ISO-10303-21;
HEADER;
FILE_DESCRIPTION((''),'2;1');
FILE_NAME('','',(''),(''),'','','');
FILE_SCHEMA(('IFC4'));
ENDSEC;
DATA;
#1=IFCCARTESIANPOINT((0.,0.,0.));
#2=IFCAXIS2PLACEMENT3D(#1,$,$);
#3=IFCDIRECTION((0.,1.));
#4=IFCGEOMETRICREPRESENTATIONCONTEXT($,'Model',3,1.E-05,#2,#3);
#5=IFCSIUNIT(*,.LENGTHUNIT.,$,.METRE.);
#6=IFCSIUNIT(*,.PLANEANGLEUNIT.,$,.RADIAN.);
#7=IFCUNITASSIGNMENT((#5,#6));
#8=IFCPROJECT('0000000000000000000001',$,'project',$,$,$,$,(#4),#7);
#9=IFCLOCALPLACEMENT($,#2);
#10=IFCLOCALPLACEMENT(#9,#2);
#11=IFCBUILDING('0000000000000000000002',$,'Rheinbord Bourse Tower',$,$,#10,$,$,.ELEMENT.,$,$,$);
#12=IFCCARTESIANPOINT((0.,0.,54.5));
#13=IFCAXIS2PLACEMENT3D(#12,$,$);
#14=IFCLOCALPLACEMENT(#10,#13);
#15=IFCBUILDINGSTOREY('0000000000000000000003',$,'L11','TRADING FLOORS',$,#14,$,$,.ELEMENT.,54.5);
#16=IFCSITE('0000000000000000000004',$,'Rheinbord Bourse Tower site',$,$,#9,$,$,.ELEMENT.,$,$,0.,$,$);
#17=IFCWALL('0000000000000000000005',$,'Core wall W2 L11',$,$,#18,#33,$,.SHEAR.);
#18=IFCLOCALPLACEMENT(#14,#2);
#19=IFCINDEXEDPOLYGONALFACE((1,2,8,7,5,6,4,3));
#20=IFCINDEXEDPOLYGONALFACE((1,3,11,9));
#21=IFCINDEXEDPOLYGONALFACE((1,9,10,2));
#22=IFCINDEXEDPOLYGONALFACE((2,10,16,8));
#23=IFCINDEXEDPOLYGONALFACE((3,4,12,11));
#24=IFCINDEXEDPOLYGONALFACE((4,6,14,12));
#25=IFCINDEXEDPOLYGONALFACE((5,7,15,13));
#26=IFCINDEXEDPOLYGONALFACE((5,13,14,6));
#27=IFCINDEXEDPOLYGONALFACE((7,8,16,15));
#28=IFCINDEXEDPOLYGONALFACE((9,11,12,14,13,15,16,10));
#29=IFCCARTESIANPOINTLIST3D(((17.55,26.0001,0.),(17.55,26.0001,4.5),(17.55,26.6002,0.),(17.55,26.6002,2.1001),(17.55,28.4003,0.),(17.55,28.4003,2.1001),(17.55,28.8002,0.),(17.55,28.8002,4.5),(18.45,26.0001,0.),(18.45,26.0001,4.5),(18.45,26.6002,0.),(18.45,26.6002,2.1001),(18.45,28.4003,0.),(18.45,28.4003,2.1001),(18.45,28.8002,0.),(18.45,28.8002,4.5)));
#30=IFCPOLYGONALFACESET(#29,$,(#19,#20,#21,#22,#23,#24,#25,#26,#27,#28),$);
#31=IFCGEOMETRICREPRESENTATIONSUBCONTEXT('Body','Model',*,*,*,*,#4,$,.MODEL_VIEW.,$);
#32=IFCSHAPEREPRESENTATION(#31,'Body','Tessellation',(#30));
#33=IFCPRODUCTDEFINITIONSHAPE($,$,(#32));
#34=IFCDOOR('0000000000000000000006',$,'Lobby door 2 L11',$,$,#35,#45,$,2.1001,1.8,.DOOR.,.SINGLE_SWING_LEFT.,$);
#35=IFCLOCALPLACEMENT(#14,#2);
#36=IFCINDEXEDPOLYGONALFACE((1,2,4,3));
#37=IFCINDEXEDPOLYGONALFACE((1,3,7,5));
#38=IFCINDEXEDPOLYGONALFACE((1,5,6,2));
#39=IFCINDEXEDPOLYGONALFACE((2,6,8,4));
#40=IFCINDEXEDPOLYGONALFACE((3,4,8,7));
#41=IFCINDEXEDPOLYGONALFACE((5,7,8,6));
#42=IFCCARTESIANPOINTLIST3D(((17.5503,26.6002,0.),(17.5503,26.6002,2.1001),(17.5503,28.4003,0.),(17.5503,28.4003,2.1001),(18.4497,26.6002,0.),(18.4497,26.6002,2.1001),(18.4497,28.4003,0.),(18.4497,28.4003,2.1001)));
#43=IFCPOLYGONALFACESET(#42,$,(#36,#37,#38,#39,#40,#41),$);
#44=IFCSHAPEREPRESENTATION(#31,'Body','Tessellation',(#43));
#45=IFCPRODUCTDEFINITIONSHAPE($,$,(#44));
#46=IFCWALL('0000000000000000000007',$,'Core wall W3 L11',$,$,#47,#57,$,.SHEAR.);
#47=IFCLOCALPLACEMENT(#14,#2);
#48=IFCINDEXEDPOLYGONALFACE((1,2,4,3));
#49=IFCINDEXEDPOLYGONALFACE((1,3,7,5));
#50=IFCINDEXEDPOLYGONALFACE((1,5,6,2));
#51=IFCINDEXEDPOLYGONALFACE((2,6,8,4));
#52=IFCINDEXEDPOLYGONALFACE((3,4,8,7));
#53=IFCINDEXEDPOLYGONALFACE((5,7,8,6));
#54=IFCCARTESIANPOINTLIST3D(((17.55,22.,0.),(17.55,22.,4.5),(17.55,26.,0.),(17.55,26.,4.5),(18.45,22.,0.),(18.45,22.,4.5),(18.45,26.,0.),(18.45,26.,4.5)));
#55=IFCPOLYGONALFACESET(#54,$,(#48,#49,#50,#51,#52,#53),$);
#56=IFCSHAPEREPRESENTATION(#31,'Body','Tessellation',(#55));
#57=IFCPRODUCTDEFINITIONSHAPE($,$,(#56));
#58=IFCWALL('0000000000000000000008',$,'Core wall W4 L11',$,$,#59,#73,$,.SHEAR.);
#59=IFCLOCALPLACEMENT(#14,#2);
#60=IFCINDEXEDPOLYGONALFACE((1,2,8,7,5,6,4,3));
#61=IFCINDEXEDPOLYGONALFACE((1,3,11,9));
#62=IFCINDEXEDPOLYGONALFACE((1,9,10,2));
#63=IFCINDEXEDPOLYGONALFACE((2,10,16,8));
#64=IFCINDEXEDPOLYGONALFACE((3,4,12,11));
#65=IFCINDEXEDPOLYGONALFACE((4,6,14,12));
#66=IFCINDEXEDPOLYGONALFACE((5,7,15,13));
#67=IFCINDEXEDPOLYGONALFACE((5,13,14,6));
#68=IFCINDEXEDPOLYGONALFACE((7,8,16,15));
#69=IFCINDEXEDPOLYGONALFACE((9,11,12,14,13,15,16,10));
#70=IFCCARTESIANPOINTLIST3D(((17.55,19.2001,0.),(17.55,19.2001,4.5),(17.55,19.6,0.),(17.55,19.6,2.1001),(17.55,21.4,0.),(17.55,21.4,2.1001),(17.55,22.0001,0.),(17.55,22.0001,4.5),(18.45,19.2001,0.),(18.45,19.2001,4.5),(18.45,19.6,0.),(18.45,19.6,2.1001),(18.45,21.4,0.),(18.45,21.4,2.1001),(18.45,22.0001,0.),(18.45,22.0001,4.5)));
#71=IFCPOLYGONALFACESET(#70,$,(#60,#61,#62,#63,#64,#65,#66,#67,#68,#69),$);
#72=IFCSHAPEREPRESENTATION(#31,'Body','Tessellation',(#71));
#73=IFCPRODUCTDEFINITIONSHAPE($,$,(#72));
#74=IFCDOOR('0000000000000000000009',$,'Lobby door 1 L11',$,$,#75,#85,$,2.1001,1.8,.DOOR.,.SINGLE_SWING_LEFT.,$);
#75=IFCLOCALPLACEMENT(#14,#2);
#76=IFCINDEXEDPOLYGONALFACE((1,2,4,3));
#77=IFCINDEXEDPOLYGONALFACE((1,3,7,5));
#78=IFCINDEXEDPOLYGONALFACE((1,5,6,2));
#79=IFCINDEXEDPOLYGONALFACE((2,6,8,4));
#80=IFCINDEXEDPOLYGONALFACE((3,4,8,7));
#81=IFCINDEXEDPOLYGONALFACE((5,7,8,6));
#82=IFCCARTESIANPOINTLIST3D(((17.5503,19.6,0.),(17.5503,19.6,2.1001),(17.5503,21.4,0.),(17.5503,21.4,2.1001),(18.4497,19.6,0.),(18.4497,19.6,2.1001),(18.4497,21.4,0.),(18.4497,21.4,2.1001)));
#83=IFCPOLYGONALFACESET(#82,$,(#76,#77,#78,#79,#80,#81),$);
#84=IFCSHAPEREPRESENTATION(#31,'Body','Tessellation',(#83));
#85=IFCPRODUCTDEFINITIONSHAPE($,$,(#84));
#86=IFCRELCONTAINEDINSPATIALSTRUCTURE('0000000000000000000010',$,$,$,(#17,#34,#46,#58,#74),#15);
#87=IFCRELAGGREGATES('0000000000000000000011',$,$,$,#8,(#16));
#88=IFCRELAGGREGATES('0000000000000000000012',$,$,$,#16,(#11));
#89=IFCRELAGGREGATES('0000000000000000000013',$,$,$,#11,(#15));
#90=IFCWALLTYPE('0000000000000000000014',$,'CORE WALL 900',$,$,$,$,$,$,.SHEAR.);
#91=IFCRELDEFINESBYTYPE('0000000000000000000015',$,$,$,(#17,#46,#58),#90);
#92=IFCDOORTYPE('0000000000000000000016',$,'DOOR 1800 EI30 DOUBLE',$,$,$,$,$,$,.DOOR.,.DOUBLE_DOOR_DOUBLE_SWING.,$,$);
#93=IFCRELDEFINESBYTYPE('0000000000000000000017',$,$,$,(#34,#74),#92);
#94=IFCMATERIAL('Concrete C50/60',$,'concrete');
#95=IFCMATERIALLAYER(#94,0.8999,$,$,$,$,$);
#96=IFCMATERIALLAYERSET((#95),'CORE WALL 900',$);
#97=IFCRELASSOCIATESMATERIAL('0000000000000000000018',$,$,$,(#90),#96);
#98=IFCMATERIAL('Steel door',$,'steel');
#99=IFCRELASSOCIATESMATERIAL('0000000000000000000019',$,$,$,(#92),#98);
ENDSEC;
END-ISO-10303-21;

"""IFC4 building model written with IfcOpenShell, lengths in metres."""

from ifc_helpers import new_model, si_unit, direction, frame, frame_2d, origin, place, context, subcontext, project, spatial, rectangle, extrude, material, layer, layer_set, type_object, element, fill, save


model = new_model("IFC4")

# Units and contexts
model_context = context("Model", 3, precision=1e-05, world=origin(), true_north=direction((0.0, 1.0)))
body_context = subcontext(model_context, "Body", "Model", "MODEL_VIEW")
ifc_project = project(units=[si_unit("LENGTHUNIT", "METRE"), si_unit("PLANEANGLEUNIT", "RADIAN")], contexts=[model_context])

# Site, building, storey
site_placement = place(None, origin())
site = spatial("IfcSite", under=ifc_project, at=site_placement, Name="Rheinbord Bourse Tower site", CompositionType="ELEMENT", RefElevation=0.0)
building_placement = place(site_placement, origin())
building = spatial("IfcBuilding", under=site, at=building_placement, Name="Rheinbord Bourse Tower", CompositionType="ELEMENT")
storey_placement = place(building_placement, frame((0.0, 0.0, 54.5)))
storey = spatial("IfcBuildingStorey", under=building, at=storey_placement, Name="L11", Description="TRADING FLOORS", CompositionType="ELEMENT", Elevation=54.5)

# Wall, opening, door
ifc_material_1 = material(Name="Concrete C50/60", Category="concrete")
ifc_layer_1 = layer(ifc_material_1, 0.8999)
ifc_layer_set_1 = layer_set([ifc_layer_1], Name="CORE WALL 900")
wall_type_1 = type_object("IfcWallType", Name="CORE WALL 900", PredefinedType="SHEAR", material=ifc_layer_set_1)
wall_1_placement = place(storey_placement, frame((18.0, 28.8, 0.0), z_axis=(0.0, 0.0, 1.0), x_axis=(0.0, -1.0, 0.0)))
wall_1 = element("IfcWall", 1, at=wall_1_placement, inside=storey, type_object=wall_type_1, Name="Core wall W2 L11", PredefinedType="SHEAR", context=body_context, shape_type="SweptSolid", body=[
    extrude(rectangle(XDim=2.8, YDim=0.8999, at=frame_2d((1.3999, 0.0))), origin(), (0.0, 0.0, 1.0), 4.5),
])
opening_1_placement = place(wall_1_placement, frame((0.3999, 0.0, 0.0)))
opening_1 = element("IfcOpeningElement", 2, at=opening_1_placement, cuts=wall_1, PredefinedType="OPENING", context=body_context, shape_type="SweptSolid", body=[
    extrude(rectangle(XDim=1.8, YDim=2.1001, at=frame_2d((0.8999, 1.05))), frame((0.0, 0.46, 0.0), z_axis=(0.0, -1.0, 0.0), x_axis=(1.0, 0.0, 0.0)), (0.0, 0.0, 1.0), 0.9199),
])
ifc_material_2 = material(Name="Steel door", Category="steel")
door_type_1 = type_object("IfcDoorType", Name="DOOR 1800 EI30 DOUBLE", OperationType="DOUBLE_DOOR_DOUBLE_SWING", PredefinedType="DOOR", material=ifc_material_2)
door_1_placement = place(opening_1_placement, origin())
door_1 = element("IfcDoor", 3, at=door_1_placement, inside=storey, type_object=door_type_1, Name="Lobby door 2 L11", OperationType="SINGLE_SWING_LEFT", OverallHeight=2.1001, OverallWidth=1.8, PredefinedType="DOOR", context=body_context, shape_type="SweptSolid", body=[
    extrude(rectangle(XDim=1.8, YDim=2.1001, at=frame_2d((0.8999, 1.05))), frame((0.0, 0.4497, 0.0), z_axis=(0.0, -1.0, 0.0), x_axis=(1.0, 0.0, 0.0)), (0.0, 0.0, 1.0), 0.8994),
])
fill(opening_1, door_1)

# Wall
wall_2_placement = place(storey_placement, frame((18.0, 26.0, 0.0), z_axis=(0.0, 0.0, 1.0), x_axis=(0.0, -1.0, 0.0)))
element("IfcWall", 4, at=wall_2_placement, inside=storey, type_object=wall_type_1, Name="Core wall W3 L11", PredefinedType="SHEAR", context=body_context, shape_type="SweptSolid", body=[
    extrude(rectangle(XDim=4.0, YDim=0.8999, at=frame_2d((2.0, 0.0))), origin(), (0.0, 0.0, 1.0), 4.5),
])

# Wall, opening, door
wall_3_placement = place(storey_placement, frame((18.0, 22.0, 0.0), z_axis=(0.0, 0.0, 1.0), x_axis=(0.0, -1.0, 0.0)))
wall_3 = element("IfcWall", 5, at=wall_3_placement, inside=storey, type_object=wall_type_1, Name="Core wall W4 L11", PredefinedType="SHEAR", context=body_context, shape_type="SweptSolid", body=[
    extrude(rectangle(XDim=2.8, YDim=0.8999, at=frame_2d((1.3999, 0.0))), origin(), (0.0, 0.0, 1.0), 4.5),
])
opening_2_placement = place(wall_3_placement, frame((0.6001, 0.0, 0.0)))
opening_2 = element("IfcOpeningElement", 6, at=opening_2_placement, cuts=wall_3, PredefinedType="OPENING", context=body_context, shape_type="SweptSolid", body=[
    extrude(rectangle(XDim=1.8, YDim=2.1001, at=frame_2d((0.8999, 1.05))), frame((0.0, 0.46, 0.0), z_axis=(0.0, -1.0, 0.0), x_axis=(1.0, 0.0, 0.0)), (0.0, 0.0, 1.0), 0.9199),
])
door_2_placement = place(opening_2_placement, origin())
door_2 = element("IfcDoor", 7, at=door_2_placement, inside=storey, type_object=door_type_1, Name="Lobby door 1 L11", OperationType="SINGLE_SWING_LEFT", OverallHeight=2.1001, OverallWidth=1.8, PredefinedType="DOOR", context=body_context, shape_type="SweptSolid", body=[
    extrude(rectangle(XDim=1.8, YDim=2.1001, at=frame_2d((0.8999, 1.05))), frame((0.0, 0.4497, 0.0), z_axis=(0.0, -1.0, 0.0), x_axis=(1.0, 0.0, 0.0)), (0.0, 0.0, 1.0), 0.8994),
])
fill(opening_2, door_2)

save(model, "model.ifc")
